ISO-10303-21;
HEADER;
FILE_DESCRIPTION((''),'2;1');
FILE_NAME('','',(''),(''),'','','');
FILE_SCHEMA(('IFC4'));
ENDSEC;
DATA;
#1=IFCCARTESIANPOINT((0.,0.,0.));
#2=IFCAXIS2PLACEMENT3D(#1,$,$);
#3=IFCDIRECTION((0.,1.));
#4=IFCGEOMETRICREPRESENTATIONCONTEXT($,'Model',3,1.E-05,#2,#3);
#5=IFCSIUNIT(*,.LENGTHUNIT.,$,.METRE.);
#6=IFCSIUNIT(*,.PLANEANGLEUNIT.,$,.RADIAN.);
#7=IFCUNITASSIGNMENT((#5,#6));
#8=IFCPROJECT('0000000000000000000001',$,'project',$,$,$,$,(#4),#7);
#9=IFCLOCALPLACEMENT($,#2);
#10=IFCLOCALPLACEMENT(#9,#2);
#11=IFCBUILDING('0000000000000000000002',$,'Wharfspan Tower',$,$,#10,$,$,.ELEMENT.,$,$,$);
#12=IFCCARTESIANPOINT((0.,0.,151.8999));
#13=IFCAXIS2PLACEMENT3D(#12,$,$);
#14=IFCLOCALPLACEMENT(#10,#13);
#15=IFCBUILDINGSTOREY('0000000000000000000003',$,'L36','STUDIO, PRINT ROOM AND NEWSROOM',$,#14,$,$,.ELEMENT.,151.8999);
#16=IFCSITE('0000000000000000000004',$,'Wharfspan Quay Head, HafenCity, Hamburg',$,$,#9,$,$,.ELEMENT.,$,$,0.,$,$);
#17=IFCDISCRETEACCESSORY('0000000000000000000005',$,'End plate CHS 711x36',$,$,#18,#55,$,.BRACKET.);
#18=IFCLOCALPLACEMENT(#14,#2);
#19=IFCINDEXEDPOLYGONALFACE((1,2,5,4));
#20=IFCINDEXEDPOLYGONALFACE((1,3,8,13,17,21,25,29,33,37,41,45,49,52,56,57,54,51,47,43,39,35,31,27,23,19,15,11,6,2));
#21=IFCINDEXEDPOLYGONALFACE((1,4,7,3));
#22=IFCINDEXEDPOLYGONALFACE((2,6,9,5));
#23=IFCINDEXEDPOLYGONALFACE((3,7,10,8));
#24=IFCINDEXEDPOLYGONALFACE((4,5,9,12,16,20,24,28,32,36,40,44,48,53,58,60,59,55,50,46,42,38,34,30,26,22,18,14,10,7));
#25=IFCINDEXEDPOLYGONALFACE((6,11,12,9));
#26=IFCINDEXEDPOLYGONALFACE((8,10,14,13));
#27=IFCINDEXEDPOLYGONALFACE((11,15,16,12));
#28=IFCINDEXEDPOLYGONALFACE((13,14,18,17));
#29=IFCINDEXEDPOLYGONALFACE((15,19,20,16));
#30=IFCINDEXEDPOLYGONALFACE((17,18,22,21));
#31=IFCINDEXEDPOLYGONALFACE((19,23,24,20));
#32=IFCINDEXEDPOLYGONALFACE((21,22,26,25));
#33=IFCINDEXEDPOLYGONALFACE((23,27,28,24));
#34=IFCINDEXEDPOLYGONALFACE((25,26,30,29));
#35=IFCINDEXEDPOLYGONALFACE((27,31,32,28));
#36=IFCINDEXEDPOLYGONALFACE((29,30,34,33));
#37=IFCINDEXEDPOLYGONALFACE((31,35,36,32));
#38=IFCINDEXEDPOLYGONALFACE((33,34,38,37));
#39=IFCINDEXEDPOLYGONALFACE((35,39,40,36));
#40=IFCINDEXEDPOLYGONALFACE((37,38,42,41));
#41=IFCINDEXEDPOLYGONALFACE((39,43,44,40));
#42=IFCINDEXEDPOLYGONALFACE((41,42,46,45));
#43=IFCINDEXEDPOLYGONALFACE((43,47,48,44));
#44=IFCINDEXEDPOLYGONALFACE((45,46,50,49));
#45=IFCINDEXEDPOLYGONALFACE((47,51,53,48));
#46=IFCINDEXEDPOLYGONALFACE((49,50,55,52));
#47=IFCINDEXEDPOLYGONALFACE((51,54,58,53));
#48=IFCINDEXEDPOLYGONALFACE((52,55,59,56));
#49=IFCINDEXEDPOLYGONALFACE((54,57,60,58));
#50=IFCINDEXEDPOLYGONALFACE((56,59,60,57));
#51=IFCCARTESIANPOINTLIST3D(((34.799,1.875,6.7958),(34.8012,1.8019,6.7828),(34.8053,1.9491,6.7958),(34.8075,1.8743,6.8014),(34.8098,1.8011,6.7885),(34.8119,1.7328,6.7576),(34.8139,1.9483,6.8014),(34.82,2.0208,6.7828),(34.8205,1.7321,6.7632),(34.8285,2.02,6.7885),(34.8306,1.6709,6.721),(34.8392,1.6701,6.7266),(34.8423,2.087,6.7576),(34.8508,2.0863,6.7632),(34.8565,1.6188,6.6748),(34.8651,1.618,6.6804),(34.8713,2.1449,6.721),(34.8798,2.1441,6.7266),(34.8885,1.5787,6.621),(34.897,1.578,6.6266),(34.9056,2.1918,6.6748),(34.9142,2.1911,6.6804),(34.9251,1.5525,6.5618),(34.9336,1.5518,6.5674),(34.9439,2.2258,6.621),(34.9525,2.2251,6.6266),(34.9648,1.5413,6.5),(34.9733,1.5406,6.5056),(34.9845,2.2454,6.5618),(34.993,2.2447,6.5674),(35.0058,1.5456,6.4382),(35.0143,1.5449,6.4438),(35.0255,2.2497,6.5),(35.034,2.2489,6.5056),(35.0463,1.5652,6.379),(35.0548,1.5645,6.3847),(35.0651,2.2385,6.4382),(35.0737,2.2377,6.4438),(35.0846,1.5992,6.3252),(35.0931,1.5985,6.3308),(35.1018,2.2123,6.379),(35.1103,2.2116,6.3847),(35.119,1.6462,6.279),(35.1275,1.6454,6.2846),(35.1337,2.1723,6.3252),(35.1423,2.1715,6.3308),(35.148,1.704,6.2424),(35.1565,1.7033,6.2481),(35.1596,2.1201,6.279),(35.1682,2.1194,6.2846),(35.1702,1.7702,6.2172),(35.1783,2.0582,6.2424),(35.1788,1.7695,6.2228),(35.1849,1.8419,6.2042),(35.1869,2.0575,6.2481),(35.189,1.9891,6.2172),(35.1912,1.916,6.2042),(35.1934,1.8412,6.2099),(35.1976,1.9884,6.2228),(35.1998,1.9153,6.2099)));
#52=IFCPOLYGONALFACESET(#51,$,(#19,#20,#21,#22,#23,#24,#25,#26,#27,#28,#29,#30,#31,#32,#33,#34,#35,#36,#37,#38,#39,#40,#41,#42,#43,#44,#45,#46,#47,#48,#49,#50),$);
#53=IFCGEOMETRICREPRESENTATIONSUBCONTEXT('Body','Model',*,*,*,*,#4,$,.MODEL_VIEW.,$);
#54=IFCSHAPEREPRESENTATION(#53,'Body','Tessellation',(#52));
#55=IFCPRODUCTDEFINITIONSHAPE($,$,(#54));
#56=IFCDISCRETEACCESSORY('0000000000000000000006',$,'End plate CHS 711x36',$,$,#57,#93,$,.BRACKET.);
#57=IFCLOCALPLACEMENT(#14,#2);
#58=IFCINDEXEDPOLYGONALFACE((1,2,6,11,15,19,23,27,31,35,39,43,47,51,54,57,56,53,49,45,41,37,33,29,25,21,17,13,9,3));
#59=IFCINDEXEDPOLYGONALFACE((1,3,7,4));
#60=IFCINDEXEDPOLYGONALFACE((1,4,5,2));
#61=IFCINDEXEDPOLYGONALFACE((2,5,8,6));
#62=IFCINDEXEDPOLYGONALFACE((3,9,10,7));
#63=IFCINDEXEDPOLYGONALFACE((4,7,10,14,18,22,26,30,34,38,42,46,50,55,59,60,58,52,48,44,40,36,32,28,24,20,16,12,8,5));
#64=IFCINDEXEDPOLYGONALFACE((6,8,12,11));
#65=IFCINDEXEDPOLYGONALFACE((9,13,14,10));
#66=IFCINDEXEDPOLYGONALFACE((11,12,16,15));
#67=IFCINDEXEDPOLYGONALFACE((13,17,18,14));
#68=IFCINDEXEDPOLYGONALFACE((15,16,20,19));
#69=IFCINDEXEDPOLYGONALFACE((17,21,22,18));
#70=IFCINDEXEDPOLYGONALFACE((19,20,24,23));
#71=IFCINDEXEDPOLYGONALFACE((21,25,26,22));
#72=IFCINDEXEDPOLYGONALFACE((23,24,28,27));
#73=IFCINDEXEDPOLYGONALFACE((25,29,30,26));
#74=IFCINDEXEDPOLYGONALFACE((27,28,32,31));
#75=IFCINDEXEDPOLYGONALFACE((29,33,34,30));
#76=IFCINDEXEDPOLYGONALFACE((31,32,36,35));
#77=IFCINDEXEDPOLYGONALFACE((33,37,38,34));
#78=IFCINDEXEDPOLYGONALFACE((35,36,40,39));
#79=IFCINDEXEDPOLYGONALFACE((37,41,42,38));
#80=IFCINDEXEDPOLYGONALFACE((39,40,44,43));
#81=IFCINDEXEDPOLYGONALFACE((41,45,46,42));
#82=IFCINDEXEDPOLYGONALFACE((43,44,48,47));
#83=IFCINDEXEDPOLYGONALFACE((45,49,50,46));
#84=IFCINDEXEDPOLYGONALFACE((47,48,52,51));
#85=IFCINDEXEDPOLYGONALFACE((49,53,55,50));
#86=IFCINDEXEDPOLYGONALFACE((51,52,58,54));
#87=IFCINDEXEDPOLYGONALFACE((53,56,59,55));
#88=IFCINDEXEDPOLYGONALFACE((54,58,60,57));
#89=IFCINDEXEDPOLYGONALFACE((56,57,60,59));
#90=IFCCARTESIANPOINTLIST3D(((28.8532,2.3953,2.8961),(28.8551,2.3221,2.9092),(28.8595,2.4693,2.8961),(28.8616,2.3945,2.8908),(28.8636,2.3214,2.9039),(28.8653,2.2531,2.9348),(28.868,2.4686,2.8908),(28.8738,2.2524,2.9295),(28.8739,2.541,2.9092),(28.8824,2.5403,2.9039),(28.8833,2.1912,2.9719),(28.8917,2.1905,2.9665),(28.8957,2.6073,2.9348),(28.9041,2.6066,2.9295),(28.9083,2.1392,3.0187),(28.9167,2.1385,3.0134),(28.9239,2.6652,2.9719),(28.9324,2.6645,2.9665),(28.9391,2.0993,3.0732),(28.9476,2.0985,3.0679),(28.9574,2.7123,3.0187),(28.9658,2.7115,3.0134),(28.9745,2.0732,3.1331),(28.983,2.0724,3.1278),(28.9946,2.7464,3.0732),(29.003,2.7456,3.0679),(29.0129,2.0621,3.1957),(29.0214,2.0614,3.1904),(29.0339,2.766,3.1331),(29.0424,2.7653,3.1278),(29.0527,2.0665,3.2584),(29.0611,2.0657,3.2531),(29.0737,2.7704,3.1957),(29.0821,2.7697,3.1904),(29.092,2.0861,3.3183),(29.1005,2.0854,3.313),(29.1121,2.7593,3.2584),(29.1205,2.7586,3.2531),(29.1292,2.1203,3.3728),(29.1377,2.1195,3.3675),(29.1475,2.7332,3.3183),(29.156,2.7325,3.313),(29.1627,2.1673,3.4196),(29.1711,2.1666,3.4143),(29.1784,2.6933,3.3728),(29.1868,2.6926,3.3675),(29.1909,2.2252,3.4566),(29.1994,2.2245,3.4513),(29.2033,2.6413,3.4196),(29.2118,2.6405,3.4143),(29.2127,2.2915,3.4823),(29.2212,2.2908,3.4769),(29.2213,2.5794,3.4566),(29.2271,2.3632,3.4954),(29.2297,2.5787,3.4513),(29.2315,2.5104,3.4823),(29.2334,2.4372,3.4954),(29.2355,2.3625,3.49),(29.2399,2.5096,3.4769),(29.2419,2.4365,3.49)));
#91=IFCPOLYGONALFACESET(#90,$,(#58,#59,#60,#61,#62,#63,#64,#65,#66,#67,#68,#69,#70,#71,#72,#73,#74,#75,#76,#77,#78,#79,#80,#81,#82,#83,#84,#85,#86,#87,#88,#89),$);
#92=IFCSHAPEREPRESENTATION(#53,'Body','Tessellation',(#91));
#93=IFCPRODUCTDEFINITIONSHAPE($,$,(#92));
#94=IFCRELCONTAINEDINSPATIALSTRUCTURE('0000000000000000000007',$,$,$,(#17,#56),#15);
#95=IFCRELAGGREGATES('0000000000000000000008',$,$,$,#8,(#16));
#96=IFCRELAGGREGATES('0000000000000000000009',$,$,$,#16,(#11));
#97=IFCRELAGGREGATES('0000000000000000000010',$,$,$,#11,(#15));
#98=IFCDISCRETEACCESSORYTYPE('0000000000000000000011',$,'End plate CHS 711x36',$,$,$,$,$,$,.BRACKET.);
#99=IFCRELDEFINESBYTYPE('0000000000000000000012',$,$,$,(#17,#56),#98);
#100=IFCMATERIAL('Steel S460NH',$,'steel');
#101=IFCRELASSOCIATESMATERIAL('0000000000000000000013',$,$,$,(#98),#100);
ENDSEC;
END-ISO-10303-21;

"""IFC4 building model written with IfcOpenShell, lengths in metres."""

from ifc_helpers import new_model, si_unit, direction, frame, origin, origin_2d, place, context, subcontext, project, spatial, circle, extrude, material, material_profile, profile_set, type_object, element, save


model = new_model("IFC4")

# Units and contexts
model_context = context("Model", 3, precision=1e-05, world=origin(), true_north=direction((0.0, 1.0)))
body_context = subcontext(model_context, "Body", "Model", "MODEL_VIEW")
ifc_project = project(units=[si_unit("LENGTHUNIT", "METRE"), si_unit("PLANEANGLEUNIT", "RADIAN")], contexts=[model_context])

# Site, building, storey
site_placement = place(None, origin())
site = spatial("IfcSite", under=ifc_project, at=site_placement, Name="Wharfspan Quay Head, HafenCity, Hamburg", CompositionType="ELEMENT", RefElevation=0.0)
building_placement = place(site_placement, origin())
building = spatial("IfcBuilding", under=site, at=building_placement, Name="Wharfspan Tower", CompositionType="ELEMENT")
storey_placement = place(building_placement, frame((0.0, 0.0, 151.8999)))
storey = spatial("IfcBuildingStorey", under=building, at=storey_placement, Name="L36", Description="STUDIO, PRINT ROOM AND NEWSROOM", CompositionType="ELEMENT", Elevation=151.8999)

# Shared definitions
ifc_material_1 = material(Name="Steel S460NH", Category="steel")

# Discrete accessories
ifc_material_profile_1 = material_profile(ifc_material_1, circle(Radius=0.3555, at=origin_2d()))
ifc_profile_set_1 = profile_set([ifc_material_profile_1], Name="Steel S460NH")
discrete_accessory_type = type_object("IfcDiscreteAccessoryType", Name="End plate CHS 711x36", PredefinedType="BRACKET", material=ifc_profile_set_1)
discrete_accessory_1_placement = place(storey_placement, frame((34.9951, 1.8955, 6.5), z_axis=(0.83357, -0.071449, 0.547774), x_axis=(0.085401, 0.996343, 0.0)))
element("IfcDiscreteAccessory", 1, at=discrete_accessory_1_placement, inside=storey, type_object=discrete_accessory_type, Name="End plate CHS 711x36", PredefinedType="BRACKET", context=body_context, shape_type="SweptSolid", body=[
    extrude(circle(Radius=0.3555, at=origin_2d()), origin(), (0.0, 0.0, 1.0), 0.0103),
])
discrete_accessory_2_placement = place(storey_placement, frame((29.0518, 2.4155, 3.1904), z_axis=(-0.844416, 0.072379, 0.530776), x_axis=(-0.085402, -0.99635, 0.0)))
element("IfcDiscreteAccessory", 2, at=discrete_accessory_2_placement, inside=storey, type_object=discrete_accessory_type, Name="End plate CHS 711x36", PredefinedType="BRACKET", context=body_context, shape_type="SweptSolid", body=[
    extrude(circle(Radius=0.3555, at=origin_2d()), origin(), (0.0, 0.0, 1.0), 0.01),
])

save(model, "model.ifc")
